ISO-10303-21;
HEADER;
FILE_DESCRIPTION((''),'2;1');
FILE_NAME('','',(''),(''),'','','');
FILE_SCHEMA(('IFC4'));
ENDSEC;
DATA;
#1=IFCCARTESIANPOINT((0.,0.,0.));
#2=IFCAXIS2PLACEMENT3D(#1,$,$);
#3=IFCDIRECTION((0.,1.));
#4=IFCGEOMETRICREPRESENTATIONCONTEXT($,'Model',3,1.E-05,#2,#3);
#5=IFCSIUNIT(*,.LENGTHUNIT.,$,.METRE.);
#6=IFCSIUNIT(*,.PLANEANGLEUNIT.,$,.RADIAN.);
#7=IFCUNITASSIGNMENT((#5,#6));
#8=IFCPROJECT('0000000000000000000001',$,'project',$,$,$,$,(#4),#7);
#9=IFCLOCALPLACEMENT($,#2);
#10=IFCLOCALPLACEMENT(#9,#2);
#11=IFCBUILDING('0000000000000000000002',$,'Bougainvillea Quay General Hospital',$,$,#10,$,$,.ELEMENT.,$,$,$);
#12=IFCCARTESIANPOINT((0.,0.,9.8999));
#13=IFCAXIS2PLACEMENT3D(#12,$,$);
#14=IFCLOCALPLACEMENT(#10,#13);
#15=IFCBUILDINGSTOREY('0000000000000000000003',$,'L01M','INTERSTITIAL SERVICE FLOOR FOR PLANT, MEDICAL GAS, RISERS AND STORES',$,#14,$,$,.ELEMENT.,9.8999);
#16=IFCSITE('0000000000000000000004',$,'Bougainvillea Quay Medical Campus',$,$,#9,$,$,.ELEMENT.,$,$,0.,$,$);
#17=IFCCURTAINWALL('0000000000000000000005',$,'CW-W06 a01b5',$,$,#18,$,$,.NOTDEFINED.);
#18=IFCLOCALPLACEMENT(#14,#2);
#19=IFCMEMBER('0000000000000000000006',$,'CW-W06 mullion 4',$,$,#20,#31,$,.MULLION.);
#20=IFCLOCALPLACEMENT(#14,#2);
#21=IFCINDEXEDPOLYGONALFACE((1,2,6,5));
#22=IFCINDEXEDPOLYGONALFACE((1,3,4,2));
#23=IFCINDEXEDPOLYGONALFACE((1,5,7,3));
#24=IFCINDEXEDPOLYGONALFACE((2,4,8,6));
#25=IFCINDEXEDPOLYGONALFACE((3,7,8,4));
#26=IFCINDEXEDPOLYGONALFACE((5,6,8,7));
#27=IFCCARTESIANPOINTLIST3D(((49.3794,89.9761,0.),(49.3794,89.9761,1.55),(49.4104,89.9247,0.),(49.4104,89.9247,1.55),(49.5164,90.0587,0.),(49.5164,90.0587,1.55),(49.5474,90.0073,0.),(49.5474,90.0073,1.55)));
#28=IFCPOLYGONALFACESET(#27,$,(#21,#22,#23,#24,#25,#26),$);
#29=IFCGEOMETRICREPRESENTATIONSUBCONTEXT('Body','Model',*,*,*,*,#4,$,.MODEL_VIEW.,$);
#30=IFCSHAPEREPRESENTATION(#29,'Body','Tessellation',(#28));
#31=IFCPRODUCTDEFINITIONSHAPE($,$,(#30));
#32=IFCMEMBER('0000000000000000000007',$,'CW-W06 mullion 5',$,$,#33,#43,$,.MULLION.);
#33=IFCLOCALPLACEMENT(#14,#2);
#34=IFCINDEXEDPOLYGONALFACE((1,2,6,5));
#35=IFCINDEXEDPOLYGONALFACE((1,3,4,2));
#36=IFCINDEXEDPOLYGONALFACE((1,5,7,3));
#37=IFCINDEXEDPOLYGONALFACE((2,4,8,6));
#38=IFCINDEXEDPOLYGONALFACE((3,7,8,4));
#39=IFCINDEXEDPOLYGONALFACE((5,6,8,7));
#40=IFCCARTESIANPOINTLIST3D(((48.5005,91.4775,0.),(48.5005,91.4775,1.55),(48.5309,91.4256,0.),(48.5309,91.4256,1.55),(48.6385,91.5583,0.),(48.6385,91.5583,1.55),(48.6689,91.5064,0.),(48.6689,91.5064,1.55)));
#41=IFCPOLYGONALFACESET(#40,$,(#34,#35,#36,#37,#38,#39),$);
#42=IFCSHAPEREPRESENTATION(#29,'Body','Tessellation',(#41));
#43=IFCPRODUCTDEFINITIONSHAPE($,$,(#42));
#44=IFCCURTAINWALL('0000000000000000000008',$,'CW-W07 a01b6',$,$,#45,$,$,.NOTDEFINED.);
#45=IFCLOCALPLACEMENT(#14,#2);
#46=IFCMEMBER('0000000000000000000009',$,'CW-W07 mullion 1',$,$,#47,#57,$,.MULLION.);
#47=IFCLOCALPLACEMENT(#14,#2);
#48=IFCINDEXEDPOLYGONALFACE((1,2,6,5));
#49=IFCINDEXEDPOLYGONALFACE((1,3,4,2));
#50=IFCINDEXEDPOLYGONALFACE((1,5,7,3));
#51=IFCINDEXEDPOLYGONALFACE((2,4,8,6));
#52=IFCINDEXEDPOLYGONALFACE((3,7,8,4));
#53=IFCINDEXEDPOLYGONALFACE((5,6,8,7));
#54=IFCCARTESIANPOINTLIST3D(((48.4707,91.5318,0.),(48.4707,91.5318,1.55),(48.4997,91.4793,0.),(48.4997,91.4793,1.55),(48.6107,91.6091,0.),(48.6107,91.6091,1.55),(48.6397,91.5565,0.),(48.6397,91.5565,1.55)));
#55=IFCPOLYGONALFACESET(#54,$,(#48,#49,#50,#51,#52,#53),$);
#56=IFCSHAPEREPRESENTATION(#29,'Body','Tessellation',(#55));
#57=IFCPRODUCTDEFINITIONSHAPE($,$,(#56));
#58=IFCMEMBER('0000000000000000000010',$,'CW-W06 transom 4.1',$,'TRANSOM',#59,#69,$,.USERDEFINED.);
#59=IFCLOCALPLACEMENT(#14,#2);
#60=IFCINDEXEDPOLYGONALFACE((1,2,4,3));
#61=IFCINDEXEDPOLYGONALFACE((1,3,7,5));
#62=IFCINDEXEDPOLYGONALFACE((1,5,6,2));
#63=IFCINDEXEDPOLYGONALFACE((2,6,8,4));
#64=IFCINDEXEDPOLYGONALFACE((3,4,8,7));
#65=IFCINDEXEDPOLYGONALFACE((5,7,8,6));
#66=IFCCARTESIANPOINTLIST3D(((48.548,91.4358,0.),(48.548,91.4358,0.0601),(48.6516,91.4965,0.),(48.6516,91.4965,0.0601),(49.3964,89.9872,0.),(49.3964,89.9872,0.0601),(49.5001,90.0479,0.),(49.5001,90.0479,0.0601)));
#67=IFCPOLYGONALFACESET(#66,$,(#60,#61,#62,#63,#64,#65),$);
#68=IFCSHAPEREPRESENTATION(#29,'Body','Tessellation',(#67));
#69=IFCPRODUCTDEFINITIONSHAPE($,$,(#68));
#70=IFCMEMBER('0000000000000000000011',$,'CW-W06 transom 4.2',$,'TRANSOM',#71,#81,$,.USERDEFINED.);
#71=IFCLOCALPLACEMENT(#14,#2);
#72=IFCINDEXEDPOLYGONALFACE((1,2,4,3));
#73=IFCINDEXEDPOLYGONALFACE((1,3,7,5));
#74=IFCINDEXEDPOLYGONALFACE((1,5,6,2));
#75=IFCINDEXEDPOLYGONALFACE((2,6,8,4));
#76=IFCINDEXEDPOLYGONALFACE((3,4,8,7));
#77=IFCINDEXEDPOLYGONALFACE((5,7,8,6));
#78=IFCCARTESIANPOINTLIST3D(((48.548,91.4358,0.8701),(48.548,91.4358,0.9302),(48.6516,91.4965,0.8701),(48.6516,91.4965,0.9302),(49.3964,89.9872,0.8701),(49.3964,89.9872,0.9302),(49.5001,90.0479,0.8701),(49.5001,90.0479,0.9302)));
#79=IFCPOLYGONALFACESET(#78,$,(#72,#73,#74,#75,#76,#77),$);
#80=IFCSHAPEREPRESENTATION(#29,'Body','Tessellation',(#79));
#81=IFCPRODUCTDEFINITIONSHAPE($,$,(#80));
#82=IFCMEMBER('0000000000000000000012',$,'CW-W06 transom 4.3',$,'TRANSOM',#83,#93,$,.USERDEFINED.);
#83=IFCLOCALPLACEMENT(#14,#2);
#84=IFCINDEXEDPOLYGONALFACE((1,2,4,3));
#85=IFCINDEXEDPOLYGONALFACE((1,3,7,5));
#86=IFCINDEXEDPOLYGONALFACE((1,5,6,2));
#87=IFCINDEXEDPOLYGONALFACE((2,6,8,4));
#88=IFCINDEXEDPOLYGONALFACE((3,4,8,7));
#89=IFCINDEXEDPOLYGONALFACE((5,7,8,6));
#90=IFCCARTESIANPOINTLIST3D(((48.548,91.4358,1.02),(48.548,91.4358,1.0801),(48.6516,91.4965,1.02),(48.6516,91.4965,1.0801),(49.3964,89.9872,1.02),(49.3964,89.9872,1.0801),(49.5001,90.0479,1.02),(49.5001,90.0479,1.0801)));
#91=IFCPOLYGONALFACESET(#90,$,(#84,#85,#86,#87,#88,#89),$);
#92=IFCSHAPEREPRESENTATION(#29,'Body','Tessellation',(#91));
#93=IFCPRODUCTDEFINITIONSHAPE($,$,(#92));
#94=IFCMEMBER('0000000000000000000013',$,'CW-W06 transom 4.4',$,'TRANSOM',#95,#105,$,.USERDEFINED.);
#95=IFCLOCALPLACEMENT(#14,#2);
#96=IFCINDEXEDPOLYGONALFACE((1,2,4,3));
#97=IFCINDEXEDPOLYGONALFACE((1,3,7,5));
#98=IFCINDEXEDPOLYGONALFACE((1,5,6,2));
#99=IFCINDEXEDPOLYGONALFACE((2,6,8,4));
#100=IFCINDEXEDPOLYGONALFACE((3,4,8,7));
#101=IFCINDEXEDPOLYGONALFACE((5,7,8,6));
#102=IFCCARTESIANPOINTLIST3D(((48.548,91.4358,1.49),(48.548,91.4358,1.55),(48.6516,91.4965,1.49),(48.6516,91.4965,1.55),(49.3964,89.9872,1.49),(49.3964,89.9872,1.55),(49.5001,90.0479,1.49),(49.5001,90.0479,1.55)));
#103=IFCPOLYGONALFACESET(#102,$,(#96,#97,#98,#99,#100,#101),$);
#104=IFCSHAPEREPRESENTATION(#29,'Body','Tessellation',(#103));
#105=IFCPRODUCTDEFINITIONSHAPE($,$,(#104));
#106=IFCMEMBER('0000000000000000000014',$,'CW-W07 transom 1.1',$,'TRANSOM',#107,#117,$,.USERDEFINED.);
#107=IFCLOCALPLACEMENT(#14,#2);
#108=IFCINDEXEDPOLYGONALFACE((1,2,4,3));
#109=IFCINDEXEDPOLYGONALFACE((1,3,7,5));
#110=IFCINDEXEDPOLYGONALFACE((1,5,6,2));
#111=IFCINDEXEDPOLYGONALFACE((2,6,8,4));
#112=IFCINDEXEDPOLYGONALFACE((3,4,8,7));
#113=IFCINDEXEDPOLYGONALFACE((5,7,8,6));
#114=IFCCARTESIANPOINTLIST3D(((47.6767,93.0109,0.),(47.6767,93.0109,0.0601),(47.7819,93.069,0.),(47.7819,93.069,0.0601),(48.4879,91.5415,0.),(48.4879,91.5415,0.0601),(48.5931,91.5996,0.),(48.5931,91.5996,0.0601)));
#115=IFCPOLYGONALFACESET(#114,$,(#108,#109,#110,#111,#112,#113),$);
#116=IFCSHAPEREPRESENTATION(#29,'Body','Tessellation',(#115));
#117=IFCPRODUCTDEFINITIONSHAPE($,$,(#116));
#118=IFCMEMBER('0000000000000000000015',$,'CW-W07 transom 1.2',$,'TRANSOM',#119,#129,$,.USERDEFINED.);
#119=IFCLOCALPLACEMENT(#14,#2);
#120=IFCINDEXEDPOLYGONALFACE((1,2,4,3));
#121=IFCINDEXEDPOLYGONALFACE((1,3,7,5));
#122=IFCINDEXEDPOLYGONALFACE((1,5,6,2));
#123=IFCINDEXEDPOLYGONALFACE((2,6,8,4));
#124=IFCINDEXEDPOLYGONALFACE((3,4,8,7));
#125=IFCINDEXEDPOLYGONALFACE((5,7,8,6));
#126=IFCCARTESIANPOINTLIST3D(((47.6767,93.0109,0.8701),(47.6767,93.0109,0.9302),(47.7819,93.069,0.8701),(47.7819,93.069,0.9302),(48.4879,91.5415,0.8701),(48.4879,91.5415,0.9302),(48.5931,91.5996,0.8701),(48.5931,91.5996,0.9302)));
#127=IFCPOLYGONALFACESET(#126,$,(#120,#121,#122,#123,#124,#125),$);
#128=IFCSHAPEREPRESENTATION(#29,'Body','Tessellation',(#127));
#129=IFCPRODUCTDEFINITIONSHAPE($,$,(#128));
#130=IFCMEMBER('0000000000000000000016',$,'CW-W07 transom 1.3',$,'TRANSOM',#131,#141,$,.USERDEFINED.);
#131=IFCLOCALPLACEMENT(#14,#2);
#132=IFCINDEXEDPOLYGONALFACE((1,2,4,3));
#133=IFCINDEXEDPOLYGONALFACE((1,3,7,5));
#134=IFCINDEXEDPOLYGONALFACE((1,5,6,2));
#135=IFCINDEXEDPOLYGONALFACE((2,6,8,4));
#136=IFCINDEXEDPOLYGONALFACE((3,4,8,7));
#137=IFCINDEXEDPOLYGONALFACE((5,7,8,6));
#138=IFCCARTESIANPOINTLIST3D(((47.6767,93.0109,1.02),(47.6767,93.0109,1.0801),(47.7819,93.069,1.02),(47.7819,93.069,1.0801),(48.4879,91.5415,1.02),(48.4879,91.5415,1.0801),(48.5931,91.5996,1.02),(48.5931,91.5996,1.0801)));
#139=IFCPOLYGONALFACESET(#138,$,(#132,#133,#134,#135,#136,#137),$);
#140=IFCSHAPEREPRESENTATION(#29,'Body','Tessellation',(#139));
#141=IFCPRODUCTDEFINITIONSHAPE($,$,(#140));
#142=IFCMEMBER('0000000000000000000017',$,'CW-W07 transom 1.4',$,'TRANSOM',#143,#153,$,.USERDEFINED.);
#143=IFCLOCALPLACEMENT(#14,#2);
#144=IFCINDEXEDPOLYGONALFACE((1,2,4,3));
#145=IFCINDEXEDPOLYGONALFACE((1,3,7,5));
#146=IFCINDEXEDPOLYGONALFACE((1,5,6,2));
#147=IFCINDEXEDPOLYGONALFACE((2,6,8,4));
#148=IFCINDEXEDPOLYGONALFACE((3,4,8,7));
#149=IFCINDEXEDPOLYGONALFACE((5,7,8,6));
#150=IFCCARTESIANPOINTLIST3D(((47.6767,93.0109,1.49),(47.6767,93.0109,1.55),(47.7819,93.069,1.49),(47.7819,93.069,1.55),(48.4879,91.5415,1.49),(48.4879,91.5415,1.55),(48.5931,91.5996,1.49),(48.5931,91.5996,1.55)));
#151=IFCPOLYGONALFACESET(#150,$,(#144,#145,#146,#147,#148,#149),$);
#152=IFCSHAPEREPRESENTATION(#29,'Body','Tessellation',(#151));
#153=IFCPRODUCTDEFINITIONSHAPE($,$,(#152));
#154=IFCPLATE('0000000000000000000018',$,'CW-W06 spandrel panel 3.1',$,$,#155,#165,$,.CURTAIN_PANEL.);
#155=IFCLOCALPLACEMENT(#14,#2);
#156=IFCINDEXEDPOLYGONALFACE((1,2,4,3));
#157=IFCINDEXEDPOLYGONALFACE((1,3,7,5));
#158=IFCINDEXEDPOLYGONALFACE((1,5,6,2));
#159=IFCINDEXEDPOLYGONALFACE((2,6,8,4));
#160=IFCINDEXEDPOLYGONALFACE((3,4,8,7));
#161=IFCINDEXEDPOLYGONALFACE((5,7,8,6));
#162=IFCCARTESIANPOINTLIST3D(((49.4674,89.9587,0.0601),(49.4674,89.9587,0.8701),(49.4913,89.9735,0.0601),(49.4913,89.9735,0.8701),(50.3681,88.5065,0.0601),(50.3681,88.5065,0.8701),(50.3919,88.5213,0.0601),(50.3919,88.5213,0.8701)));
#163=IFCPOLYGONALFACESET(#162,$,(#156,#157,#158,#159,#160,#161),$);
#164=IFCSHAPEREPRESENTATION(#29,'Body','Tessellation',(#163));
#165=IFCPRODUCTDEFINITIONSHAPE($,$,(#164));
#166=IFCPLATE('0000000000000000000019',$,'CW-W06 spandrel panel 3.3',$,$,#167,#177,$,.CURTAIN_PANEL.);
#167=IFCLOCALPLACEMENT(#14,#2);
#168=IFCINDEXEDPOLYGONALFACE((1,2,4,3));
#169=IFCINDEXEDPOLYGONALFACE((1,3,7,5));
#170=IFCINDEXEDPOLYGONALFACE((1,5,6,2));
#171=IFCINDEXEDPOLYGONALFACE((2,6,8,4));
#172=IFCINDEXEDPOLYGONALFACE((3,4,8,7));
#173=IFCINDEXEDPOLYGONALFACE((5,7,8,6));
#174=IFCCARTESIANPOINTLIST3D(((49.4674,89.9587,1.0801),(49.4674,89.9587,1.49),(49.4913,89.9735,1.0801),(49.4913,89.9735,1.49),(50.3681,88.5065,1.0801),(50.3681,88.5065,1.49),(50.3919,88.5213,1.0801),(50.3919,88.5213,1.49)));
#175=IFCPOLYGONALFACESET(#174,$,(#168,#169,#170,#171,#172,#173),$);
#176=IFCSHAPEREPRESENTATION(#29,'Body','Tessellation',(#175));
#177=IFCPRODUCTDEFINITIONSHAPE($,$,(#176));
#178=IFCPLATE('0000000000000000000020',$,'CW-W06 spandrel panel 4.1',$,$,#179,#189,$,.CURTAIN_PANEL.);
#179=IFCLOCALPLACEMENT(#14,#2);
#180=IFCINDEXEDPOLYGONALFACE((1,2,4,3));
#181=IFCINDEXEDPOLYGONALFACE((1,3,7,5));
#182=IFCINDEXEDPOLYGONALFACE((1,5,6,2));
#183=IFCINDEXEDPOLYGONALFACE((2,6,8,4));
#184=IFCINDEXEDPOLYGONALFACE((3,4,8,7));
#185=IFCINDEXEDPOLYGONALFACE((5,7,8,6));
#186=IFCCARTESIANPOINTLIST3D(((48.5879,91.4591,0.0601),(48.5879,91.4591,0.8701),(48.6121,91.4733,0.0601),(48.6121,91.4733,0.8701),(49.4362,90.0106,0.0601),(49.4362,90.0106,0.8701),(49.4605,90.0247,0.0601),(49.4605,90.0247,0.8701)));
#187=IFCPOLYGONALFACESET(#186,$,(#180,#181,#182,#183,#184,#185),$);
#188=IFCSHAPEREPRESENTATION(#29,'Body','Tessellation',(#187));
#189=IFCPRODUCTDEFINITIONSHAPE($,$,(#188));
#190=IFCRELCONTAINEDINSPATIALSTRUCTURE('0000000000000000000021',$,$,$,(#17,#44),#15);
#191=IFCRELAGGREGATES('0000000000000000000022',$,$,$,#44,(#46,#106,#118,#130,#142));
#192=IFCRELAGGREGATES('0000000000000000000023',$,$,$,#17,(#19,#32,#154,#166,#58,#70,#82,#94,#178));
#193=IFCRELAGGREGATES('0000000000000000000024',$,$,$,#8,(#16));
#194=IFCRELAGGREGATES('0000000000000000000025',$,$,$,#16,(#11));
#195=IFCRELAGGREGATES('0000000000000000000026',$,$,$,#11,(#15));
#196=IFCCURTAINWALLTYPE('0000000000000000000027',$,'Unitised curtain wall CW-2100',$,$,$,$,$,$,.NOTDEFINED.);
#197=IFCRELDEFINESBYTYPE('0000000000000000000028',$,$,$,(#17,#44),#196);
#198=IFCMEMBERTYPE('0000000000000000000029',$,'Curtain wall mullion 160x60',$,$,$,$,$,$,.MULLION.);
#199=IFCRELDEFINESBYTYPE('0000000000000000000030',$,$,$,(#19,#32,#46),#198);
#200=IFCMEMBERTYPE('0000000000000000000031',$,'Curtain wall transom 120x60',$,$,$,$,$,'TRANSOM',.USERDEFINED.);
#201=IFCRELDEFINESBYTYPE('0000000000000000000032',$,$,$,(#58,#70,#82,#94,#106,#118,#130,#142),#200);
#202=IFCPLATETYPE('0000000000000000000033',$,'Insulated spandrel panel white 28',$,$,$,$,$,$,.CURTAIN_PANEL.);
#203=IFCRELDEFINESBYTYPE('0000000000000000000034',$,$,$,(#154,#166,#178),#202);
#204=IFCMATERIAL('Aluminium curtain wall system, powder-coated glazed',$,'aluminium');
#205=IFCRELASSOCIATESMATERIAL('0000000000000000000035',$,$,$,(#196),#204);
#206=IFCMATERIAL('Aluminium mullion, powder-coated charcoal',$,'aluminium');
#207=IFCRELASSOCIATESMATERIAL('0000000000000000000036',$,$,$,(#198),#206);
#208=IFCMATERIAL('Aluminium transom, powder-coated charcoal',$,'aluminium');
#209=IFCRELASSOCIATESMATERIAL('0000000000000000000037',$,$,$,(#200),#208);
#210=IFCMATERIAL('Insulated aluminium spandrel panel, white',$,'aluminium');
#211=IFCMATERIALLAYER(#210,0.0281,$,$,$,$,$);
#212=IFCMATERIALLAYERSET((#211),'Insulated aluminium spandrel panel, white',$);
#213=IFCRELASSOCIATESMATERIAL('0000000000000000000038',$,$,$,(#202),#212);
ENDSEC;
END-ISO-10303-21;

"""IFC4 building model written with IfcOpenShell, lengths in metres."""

from ifc_helpers import new_model, si_unit, direction, frame, origin, origin_2d, place, context, subcontext, project, spatial, rectangle, extrude, material, layer, layer_set, material_profile, profile_set, type_object, element, aggregate, save


model = new_model("IFC4")

# Units and contexts
model_context = context("Model", 3, precision=1e-05, world=origin(), true_north=direction((0.0, 1.0)))
body_context = subcontext(model_context, "Body", "Model", "MODEL_VIEW")
ifc_project = project(units=[si_unit("LENGTHUNIT", "METRE"), si_unit("PLANEANGLEUNIT", "RADIAN")], contexts=[model_context])

# Site, building, storey
site_placement = place(None, origin())
site = spatial("IfcSite", under=ifc_project, at=site_placement, Name="Bougainvillea Quay Medical Campus", CompositionType="ELEMENT", RefElevation=0.0)
building_placement = place(site_placement, origin())
building = spatial("IfcBuilding", under=site, at=building_placement, Name="Bougainvillea Quay General Hospital", CompositionType="ELEMENT")
storey_placement = place(building_placement, frame((0.0, 0.0, 9.8999)))
storey = spatial("IfcBuildingStorey", under=building, at=storey_placement, Name="L01M", Description="INTERSTITIAL SERVICE FLOOR FOR PLANT, MEDICAL GAS, RISERS AND STORES", CompositionType="ELEMENT", Elevation=9.8999)

# Curtain wall, members
ifc_material_1 = material(Name="Aluminium curtain wall system, powder-coated glazed", Category="aluminium")
curtain_wall_type = type_object("IfcCurtainWallType", Name="Unitised curtain wall CW-2100", PredefinedType="NOTDEFINED", material=ifc_material_1)
curtain_wall_1_placement = place(storey_placement, origin())
curtain_wall_1 = element("IfcCurtainWall", 1, at=curtain_wall_1_placement, inside=storey, type_object=curtain_wall_type, Name="CW-W06 a01b5", PredefinedType="NOTDEFINED")
ifc_material_2 = material(Name="Aluminium mullion, powder-coated charcoal", Category="aluminium")
ifc_material_profile_1 = material_profile(ifc_material_2, rectangle(XDim=0.1599, YDim=0.0601, at=origin_2d()))
ifc_profile_set_1 = profile_set([ifc_material_profile_1], Name="Aluminium mullion, powder-coated charcoal")
member_type_1 = type_object("IfcMemberType", Name="Curtain wall mullion 160x60", PredefinedType="MULLION", material=ifc_profile_set_1)
member_1_placement = place(storey_placement, frame((49.4634, 89.9917, 0.0), z_axis=(0.0, 0.0, 1.0), x_axis=(-0.856438, -0.516249, 0.0)))
member_1 = element("IfcMember", 2, at=member_1_placement, type_object=member_type_1, Name="CW-W06 mullion 4", PredefinedType="MULLION", context=body_context, shape_type="SweptSolid", body=[
    extrude(rectangle(XDim=0.1599, YDim=0.0601, at=origin_2d()), origin(), (0.0, 0.0, 1.0), 1.55),
])
member_2_placement = place(storey_placement, frame((48.5847, 91.4919, 0.0), z_axis=(0.0, 0.0, 1.0), x_axis=(-0.862915, -0.505349, 0.0)))
member_2 = element("IfcMember", 3, at=member_2_placement, type_object=member_type_1, Name="CW-W06 mullion 5", PredefinedType="MULLION", context=body_context, shape_type="SweptSolid", body=[
    extrude(rectangle(XDim=0.1599, YDim=0.0601, at=origin_2d()), origin(), (0.0, 0.0, 1.0), 1.55),
])

# Curtain wall, member
curtain_wall_2_placement = place(storey_placement, origin())
curtain_wall_2 = element("IfcCurtainWall", 4, at=curtain_wall_2_placement, inside=storey, type_object=curtain_wall_type, Name="CW-W07 a01b6", PredefinedType="NOTDEFINED")
member_3_placement = place(storey_placement, frame((48.5552, 91.5442, 0.0), z_axis=(0.0, 0.0, 1.0), x_axis=(-0.875452, -0.483305, 0.0)))
member_3 = element("IfcMember", 5, at=member_3_placement, type_object=member_type_1, Name="CW-W07 mullion 1", PredefinedType="MULLION", context=body_context, shape_type="SweptSolid", body=[
    extrude(rectangle(XDim=0.1599, YDim=0.0601, at=origin_2d()), origin(), (0.0, 0.0, 1.0), 1.55),
])

# Members
ifc_material_3 = material(Name="Aluminium transom, powder-coated charcoal", Category="aluminium")
ifc_material_profile_2 = material_profile(ifc_material_3, rectangle(XDim=0.1201, YDim=0.0601, at=origin_2d()))
ifc_profile_set_2 = profile_set([ifc_material_profile_2], Name="Aluminium transom, powder-coated charcoal")
member_type_2 = type_object("IfcMemberType", Name="Curtain wall transom 120x60", ElementType="TRANSOM", PredefinedType="USERDEFINED", material=ifc_profile_set_2)
member_4_placement = place(storey_placement, frame((49.4482, 90.0176, 0.03), z_axis=(-0.505398, 0.862886, 0.0), x_axis=(-0.862886, -0.505398, 0.0)))
member_4 = element("IfcMember", 6, at=member_4_placement, type_object=member_type_2, Name="CW-W06 transom 4.1", ObjectType="TRANSOM", PredefinedType="USERDEFINED", context=body_context, shape_type="SweptSolid", body=[
    extrude(rectangle(XDim=0.1201, YDim=0.0601, at=origin_2d()), origin(), (0.0, 0.0, 1.0), 1.6787),
])
member_5_placement = place(storey_placement, frame((49.4482, 90.0176, 0.9001), z_axis=(-0.505398, 0.862886, 0.0), x_axis=(-0.862886, -0.505398, 0.0)))
member_5 = element("IfcMember", 7, at=member_5_placement, type_object=member_type_2, Name="CW-W06 transom 4.2", ObjectType="TRANSOM", PredefinedType="USERDEFINED", context=body_context, shape_type="SweptSolid", body=[
    extrude(rectangle(XDim=0.1201, YDim=0.0601, at=origin_2d()), origin(), (0.0, 0.0, 1.0), 1.6787),
])
member_6_placement = place(storey_placement, frame((49.4482, 90.0176, 1.05), z_axis=(-0.505398, 0.862886, 0.0), x_axis=(-0.862886, -0.505398, 0.0)))
member_6 = element("IfcMember", 8, at=member_6_placement, type_object=member_type_2, Name="CW-W06 transom 4.3", ObjectType="TRANSOM", PredefinedType="USERDEFINED", context=body_context, shape_type="SweptSolid", body=[
    extrude(rectangle(XDim=0.1201, YDim=0.0601, at=origin_2d()), origin(), (0.0, 0.0, 1.0), 1.6787),
])
member_7_placement = place(storey_placement, frame((49.4482, 90.0176, 1.52), z_axis=(-0.505398, 0.862886, 0.0), x_axis=(-0.862886, -0.505398, 0.0)))
member_7 = element("IfcMember", 9, at=member_7_placement, type_object=member_type_2, Name="CW-W06 transom 4.4", ObjectType="TRANSOM", PredefinedType="USERDEFINED", context=body_context, shape_type="SweptSolid", body=[
    extrude(rectangle(XDim=0.1201, YDim=0.0601, at=origin_2d()), origin(), (0.0, 0.0, 1.0), 1.6787),
])
member_8_placement = place(storey_placement, frame((48.5405, 91.5706, 0.03), z_axis=(-0.48332, 0.875444, 0.0), x_axis=(-0.875444, -0.48332, 0.0)))
member_8 = element("IfcMember", 10, at=member_8_placement, type_object=member_type_2, Name="CW-W07 transom 1.1", ObjectType="TRANSOM", PredefinedType="USERDEFINED", context=body_context, shape_type="SweptSolid", body=[
    extrude(rectangle(XDim=0.1201, YDim=0.0601, at=origin_2d()), origin(), (0.0, 0.0, 1.0), 1.6785),
])
member_9_placement = place(storey_placement, frame((48.5405, 91.5706, 0.9001), z_axis=(-0.48332, 0.875444, 0.0), x_axis=(-0.875444, -0.48332, 0.0)))
member_9 = element("IfcMember", 11, at=member_9_placement, type_object=member_type_2, Name="CW-W07 transom 1.2", ObjectType="TRANSOM", PredefinedType="USERDEFINED", context=body_context, shape_type="SweptSolid", body=[
    extrude(rectangle(XDim=0.1201, YDim=0.0601, at=origin_2d()), origin(), (0.0, 0.0, 1.0), 1.6785),
])
member_10_placement = place(storey_placement, frame((48.5405, 91.5706, 1.05), z_axis=(-0.48332, 0.875444, 0.0), x_axis=(-0.875444, -0.48332, 0.0)))
member_10 = element("IfcMember", 12, at=member_10_placement, type_object=member_type_2, Name="CW-W07 transom 1.3", ObjectType="TRANSOM", PredefinedType="USERDEFINED", context=body_context, shape_type="SweptSolid", body=[
    extrude(rectangle(XDim=0.1201, YDim=0.0601, at=origin_2d()), origin(), (0.0, 0.0, 1.0), 1.6785),
])
member_11_placement = place(storey_placement, frame((48.5405, 91.5706, 1.52), z_axis=(-0.48332, 0.875444, 0.0), x_axis=(-0.875444, -0.48332, 0.0)))
member_11 = element("IfcMember", 13, at=member_11_placement, type_object=member_type_2, Name="CW-W07 transom 1.4", ObjectType="TRANSOM", PredefinedType="USERDEFINED", context=body_context, shape_type="SweptSolid", body=[
    extrude(rectangle(XDim=0.1201, YDim=0.0601, at=origin_2d()), origin(), (0.0, 0.0, 1.0), 1.6785),
])

# Plates
ifc_material_4 = material(Name="Insulated aluminium spandrel panel, white", Category="aluminium")
ifc_layer_1 = layer(ifc_material_4, 0.0281)
ifc_layer_set_1 = layer_set([ifc_layer_1], Name="Insulated aluminium spandrel panel, white")
plate_type_1 = type_object("IfcPlateType", Name="Insulated spandrel panel white 28", PredefinedType="CURTAIN_PANEL", material=ifc_layer_set_1)
plate_1_placement = place(storey_placement, frame((49.9297, 89.24, 0.0601), z_axis=(0.0, 0.0, 1.0), x_axis=(-0.527067, 0.849824, 0.0)))
plate_1 = element("IfcPlate", 14, at=plate_1_placement, type_object=plate_type_1, Name="CW-W06 spandrel panel 3.1", PredefinedType="CURTAIN_PANEL", context=body_context, shape_type="SweptSolid", body=[
    extrude(rectangle(XDim=1.7087, YDim=0.0281, at=origin_2d()), origin(), (0.0, 0.0, 1.0), 0.8101),
])
plate_2_placement = place(storey_placement, frame((49.9297, 89.24, 1.0801), z_axis=(0.0, 0.0, 1.0), x_axis=(-0.527067, 0.849824, 0.0)))
plate_2 = element("IfcPlate", 15, at=plate_2_placement, type_object=plate_type_1, Name="CW-W06 spandrel panel 3.3", PredefinedType="CURTAIN_PANEL", context=body_context, shape_type="SweptSolid", body=[
    extrude(rectangle(XDim=1.7087, YDim=0.0281, at=origin_2d()), origin(), (0.0, 0.0, 1.0), 0.4099),
])
plate_3_placement = place(storey_placement, frame((49.0242, 90.7419, 0.0601), z_axis=(0.0, 0.0, 1.0), x_axis=(-0.505349, 0.862915, 0.0)))
plate_3 = element("IfcPlate", 16, at=plate_3_placement, type_object=plate_type_1, Name="CW-W06 spandrel panel 4.1", PredefinedType="CURTAIN_PANEL", context=body_context, shape_type="SweptSolid", body=[
    extrude(rectangle(XDim=1.6787, YDim=0.0281, at=origin_2d()), origin(), (0.0, 0.0, 1.0), 0.8101),
])
aggregate(curtain_wall_2, [member_3, member_8, member_9, member_10, member_11])
aggregate(curtain_wall_1, [member_1, member_2, plate_1, plate_2, member_4, member_5, member_6, member_7, plate_3])

save(model, "model.ifc")
